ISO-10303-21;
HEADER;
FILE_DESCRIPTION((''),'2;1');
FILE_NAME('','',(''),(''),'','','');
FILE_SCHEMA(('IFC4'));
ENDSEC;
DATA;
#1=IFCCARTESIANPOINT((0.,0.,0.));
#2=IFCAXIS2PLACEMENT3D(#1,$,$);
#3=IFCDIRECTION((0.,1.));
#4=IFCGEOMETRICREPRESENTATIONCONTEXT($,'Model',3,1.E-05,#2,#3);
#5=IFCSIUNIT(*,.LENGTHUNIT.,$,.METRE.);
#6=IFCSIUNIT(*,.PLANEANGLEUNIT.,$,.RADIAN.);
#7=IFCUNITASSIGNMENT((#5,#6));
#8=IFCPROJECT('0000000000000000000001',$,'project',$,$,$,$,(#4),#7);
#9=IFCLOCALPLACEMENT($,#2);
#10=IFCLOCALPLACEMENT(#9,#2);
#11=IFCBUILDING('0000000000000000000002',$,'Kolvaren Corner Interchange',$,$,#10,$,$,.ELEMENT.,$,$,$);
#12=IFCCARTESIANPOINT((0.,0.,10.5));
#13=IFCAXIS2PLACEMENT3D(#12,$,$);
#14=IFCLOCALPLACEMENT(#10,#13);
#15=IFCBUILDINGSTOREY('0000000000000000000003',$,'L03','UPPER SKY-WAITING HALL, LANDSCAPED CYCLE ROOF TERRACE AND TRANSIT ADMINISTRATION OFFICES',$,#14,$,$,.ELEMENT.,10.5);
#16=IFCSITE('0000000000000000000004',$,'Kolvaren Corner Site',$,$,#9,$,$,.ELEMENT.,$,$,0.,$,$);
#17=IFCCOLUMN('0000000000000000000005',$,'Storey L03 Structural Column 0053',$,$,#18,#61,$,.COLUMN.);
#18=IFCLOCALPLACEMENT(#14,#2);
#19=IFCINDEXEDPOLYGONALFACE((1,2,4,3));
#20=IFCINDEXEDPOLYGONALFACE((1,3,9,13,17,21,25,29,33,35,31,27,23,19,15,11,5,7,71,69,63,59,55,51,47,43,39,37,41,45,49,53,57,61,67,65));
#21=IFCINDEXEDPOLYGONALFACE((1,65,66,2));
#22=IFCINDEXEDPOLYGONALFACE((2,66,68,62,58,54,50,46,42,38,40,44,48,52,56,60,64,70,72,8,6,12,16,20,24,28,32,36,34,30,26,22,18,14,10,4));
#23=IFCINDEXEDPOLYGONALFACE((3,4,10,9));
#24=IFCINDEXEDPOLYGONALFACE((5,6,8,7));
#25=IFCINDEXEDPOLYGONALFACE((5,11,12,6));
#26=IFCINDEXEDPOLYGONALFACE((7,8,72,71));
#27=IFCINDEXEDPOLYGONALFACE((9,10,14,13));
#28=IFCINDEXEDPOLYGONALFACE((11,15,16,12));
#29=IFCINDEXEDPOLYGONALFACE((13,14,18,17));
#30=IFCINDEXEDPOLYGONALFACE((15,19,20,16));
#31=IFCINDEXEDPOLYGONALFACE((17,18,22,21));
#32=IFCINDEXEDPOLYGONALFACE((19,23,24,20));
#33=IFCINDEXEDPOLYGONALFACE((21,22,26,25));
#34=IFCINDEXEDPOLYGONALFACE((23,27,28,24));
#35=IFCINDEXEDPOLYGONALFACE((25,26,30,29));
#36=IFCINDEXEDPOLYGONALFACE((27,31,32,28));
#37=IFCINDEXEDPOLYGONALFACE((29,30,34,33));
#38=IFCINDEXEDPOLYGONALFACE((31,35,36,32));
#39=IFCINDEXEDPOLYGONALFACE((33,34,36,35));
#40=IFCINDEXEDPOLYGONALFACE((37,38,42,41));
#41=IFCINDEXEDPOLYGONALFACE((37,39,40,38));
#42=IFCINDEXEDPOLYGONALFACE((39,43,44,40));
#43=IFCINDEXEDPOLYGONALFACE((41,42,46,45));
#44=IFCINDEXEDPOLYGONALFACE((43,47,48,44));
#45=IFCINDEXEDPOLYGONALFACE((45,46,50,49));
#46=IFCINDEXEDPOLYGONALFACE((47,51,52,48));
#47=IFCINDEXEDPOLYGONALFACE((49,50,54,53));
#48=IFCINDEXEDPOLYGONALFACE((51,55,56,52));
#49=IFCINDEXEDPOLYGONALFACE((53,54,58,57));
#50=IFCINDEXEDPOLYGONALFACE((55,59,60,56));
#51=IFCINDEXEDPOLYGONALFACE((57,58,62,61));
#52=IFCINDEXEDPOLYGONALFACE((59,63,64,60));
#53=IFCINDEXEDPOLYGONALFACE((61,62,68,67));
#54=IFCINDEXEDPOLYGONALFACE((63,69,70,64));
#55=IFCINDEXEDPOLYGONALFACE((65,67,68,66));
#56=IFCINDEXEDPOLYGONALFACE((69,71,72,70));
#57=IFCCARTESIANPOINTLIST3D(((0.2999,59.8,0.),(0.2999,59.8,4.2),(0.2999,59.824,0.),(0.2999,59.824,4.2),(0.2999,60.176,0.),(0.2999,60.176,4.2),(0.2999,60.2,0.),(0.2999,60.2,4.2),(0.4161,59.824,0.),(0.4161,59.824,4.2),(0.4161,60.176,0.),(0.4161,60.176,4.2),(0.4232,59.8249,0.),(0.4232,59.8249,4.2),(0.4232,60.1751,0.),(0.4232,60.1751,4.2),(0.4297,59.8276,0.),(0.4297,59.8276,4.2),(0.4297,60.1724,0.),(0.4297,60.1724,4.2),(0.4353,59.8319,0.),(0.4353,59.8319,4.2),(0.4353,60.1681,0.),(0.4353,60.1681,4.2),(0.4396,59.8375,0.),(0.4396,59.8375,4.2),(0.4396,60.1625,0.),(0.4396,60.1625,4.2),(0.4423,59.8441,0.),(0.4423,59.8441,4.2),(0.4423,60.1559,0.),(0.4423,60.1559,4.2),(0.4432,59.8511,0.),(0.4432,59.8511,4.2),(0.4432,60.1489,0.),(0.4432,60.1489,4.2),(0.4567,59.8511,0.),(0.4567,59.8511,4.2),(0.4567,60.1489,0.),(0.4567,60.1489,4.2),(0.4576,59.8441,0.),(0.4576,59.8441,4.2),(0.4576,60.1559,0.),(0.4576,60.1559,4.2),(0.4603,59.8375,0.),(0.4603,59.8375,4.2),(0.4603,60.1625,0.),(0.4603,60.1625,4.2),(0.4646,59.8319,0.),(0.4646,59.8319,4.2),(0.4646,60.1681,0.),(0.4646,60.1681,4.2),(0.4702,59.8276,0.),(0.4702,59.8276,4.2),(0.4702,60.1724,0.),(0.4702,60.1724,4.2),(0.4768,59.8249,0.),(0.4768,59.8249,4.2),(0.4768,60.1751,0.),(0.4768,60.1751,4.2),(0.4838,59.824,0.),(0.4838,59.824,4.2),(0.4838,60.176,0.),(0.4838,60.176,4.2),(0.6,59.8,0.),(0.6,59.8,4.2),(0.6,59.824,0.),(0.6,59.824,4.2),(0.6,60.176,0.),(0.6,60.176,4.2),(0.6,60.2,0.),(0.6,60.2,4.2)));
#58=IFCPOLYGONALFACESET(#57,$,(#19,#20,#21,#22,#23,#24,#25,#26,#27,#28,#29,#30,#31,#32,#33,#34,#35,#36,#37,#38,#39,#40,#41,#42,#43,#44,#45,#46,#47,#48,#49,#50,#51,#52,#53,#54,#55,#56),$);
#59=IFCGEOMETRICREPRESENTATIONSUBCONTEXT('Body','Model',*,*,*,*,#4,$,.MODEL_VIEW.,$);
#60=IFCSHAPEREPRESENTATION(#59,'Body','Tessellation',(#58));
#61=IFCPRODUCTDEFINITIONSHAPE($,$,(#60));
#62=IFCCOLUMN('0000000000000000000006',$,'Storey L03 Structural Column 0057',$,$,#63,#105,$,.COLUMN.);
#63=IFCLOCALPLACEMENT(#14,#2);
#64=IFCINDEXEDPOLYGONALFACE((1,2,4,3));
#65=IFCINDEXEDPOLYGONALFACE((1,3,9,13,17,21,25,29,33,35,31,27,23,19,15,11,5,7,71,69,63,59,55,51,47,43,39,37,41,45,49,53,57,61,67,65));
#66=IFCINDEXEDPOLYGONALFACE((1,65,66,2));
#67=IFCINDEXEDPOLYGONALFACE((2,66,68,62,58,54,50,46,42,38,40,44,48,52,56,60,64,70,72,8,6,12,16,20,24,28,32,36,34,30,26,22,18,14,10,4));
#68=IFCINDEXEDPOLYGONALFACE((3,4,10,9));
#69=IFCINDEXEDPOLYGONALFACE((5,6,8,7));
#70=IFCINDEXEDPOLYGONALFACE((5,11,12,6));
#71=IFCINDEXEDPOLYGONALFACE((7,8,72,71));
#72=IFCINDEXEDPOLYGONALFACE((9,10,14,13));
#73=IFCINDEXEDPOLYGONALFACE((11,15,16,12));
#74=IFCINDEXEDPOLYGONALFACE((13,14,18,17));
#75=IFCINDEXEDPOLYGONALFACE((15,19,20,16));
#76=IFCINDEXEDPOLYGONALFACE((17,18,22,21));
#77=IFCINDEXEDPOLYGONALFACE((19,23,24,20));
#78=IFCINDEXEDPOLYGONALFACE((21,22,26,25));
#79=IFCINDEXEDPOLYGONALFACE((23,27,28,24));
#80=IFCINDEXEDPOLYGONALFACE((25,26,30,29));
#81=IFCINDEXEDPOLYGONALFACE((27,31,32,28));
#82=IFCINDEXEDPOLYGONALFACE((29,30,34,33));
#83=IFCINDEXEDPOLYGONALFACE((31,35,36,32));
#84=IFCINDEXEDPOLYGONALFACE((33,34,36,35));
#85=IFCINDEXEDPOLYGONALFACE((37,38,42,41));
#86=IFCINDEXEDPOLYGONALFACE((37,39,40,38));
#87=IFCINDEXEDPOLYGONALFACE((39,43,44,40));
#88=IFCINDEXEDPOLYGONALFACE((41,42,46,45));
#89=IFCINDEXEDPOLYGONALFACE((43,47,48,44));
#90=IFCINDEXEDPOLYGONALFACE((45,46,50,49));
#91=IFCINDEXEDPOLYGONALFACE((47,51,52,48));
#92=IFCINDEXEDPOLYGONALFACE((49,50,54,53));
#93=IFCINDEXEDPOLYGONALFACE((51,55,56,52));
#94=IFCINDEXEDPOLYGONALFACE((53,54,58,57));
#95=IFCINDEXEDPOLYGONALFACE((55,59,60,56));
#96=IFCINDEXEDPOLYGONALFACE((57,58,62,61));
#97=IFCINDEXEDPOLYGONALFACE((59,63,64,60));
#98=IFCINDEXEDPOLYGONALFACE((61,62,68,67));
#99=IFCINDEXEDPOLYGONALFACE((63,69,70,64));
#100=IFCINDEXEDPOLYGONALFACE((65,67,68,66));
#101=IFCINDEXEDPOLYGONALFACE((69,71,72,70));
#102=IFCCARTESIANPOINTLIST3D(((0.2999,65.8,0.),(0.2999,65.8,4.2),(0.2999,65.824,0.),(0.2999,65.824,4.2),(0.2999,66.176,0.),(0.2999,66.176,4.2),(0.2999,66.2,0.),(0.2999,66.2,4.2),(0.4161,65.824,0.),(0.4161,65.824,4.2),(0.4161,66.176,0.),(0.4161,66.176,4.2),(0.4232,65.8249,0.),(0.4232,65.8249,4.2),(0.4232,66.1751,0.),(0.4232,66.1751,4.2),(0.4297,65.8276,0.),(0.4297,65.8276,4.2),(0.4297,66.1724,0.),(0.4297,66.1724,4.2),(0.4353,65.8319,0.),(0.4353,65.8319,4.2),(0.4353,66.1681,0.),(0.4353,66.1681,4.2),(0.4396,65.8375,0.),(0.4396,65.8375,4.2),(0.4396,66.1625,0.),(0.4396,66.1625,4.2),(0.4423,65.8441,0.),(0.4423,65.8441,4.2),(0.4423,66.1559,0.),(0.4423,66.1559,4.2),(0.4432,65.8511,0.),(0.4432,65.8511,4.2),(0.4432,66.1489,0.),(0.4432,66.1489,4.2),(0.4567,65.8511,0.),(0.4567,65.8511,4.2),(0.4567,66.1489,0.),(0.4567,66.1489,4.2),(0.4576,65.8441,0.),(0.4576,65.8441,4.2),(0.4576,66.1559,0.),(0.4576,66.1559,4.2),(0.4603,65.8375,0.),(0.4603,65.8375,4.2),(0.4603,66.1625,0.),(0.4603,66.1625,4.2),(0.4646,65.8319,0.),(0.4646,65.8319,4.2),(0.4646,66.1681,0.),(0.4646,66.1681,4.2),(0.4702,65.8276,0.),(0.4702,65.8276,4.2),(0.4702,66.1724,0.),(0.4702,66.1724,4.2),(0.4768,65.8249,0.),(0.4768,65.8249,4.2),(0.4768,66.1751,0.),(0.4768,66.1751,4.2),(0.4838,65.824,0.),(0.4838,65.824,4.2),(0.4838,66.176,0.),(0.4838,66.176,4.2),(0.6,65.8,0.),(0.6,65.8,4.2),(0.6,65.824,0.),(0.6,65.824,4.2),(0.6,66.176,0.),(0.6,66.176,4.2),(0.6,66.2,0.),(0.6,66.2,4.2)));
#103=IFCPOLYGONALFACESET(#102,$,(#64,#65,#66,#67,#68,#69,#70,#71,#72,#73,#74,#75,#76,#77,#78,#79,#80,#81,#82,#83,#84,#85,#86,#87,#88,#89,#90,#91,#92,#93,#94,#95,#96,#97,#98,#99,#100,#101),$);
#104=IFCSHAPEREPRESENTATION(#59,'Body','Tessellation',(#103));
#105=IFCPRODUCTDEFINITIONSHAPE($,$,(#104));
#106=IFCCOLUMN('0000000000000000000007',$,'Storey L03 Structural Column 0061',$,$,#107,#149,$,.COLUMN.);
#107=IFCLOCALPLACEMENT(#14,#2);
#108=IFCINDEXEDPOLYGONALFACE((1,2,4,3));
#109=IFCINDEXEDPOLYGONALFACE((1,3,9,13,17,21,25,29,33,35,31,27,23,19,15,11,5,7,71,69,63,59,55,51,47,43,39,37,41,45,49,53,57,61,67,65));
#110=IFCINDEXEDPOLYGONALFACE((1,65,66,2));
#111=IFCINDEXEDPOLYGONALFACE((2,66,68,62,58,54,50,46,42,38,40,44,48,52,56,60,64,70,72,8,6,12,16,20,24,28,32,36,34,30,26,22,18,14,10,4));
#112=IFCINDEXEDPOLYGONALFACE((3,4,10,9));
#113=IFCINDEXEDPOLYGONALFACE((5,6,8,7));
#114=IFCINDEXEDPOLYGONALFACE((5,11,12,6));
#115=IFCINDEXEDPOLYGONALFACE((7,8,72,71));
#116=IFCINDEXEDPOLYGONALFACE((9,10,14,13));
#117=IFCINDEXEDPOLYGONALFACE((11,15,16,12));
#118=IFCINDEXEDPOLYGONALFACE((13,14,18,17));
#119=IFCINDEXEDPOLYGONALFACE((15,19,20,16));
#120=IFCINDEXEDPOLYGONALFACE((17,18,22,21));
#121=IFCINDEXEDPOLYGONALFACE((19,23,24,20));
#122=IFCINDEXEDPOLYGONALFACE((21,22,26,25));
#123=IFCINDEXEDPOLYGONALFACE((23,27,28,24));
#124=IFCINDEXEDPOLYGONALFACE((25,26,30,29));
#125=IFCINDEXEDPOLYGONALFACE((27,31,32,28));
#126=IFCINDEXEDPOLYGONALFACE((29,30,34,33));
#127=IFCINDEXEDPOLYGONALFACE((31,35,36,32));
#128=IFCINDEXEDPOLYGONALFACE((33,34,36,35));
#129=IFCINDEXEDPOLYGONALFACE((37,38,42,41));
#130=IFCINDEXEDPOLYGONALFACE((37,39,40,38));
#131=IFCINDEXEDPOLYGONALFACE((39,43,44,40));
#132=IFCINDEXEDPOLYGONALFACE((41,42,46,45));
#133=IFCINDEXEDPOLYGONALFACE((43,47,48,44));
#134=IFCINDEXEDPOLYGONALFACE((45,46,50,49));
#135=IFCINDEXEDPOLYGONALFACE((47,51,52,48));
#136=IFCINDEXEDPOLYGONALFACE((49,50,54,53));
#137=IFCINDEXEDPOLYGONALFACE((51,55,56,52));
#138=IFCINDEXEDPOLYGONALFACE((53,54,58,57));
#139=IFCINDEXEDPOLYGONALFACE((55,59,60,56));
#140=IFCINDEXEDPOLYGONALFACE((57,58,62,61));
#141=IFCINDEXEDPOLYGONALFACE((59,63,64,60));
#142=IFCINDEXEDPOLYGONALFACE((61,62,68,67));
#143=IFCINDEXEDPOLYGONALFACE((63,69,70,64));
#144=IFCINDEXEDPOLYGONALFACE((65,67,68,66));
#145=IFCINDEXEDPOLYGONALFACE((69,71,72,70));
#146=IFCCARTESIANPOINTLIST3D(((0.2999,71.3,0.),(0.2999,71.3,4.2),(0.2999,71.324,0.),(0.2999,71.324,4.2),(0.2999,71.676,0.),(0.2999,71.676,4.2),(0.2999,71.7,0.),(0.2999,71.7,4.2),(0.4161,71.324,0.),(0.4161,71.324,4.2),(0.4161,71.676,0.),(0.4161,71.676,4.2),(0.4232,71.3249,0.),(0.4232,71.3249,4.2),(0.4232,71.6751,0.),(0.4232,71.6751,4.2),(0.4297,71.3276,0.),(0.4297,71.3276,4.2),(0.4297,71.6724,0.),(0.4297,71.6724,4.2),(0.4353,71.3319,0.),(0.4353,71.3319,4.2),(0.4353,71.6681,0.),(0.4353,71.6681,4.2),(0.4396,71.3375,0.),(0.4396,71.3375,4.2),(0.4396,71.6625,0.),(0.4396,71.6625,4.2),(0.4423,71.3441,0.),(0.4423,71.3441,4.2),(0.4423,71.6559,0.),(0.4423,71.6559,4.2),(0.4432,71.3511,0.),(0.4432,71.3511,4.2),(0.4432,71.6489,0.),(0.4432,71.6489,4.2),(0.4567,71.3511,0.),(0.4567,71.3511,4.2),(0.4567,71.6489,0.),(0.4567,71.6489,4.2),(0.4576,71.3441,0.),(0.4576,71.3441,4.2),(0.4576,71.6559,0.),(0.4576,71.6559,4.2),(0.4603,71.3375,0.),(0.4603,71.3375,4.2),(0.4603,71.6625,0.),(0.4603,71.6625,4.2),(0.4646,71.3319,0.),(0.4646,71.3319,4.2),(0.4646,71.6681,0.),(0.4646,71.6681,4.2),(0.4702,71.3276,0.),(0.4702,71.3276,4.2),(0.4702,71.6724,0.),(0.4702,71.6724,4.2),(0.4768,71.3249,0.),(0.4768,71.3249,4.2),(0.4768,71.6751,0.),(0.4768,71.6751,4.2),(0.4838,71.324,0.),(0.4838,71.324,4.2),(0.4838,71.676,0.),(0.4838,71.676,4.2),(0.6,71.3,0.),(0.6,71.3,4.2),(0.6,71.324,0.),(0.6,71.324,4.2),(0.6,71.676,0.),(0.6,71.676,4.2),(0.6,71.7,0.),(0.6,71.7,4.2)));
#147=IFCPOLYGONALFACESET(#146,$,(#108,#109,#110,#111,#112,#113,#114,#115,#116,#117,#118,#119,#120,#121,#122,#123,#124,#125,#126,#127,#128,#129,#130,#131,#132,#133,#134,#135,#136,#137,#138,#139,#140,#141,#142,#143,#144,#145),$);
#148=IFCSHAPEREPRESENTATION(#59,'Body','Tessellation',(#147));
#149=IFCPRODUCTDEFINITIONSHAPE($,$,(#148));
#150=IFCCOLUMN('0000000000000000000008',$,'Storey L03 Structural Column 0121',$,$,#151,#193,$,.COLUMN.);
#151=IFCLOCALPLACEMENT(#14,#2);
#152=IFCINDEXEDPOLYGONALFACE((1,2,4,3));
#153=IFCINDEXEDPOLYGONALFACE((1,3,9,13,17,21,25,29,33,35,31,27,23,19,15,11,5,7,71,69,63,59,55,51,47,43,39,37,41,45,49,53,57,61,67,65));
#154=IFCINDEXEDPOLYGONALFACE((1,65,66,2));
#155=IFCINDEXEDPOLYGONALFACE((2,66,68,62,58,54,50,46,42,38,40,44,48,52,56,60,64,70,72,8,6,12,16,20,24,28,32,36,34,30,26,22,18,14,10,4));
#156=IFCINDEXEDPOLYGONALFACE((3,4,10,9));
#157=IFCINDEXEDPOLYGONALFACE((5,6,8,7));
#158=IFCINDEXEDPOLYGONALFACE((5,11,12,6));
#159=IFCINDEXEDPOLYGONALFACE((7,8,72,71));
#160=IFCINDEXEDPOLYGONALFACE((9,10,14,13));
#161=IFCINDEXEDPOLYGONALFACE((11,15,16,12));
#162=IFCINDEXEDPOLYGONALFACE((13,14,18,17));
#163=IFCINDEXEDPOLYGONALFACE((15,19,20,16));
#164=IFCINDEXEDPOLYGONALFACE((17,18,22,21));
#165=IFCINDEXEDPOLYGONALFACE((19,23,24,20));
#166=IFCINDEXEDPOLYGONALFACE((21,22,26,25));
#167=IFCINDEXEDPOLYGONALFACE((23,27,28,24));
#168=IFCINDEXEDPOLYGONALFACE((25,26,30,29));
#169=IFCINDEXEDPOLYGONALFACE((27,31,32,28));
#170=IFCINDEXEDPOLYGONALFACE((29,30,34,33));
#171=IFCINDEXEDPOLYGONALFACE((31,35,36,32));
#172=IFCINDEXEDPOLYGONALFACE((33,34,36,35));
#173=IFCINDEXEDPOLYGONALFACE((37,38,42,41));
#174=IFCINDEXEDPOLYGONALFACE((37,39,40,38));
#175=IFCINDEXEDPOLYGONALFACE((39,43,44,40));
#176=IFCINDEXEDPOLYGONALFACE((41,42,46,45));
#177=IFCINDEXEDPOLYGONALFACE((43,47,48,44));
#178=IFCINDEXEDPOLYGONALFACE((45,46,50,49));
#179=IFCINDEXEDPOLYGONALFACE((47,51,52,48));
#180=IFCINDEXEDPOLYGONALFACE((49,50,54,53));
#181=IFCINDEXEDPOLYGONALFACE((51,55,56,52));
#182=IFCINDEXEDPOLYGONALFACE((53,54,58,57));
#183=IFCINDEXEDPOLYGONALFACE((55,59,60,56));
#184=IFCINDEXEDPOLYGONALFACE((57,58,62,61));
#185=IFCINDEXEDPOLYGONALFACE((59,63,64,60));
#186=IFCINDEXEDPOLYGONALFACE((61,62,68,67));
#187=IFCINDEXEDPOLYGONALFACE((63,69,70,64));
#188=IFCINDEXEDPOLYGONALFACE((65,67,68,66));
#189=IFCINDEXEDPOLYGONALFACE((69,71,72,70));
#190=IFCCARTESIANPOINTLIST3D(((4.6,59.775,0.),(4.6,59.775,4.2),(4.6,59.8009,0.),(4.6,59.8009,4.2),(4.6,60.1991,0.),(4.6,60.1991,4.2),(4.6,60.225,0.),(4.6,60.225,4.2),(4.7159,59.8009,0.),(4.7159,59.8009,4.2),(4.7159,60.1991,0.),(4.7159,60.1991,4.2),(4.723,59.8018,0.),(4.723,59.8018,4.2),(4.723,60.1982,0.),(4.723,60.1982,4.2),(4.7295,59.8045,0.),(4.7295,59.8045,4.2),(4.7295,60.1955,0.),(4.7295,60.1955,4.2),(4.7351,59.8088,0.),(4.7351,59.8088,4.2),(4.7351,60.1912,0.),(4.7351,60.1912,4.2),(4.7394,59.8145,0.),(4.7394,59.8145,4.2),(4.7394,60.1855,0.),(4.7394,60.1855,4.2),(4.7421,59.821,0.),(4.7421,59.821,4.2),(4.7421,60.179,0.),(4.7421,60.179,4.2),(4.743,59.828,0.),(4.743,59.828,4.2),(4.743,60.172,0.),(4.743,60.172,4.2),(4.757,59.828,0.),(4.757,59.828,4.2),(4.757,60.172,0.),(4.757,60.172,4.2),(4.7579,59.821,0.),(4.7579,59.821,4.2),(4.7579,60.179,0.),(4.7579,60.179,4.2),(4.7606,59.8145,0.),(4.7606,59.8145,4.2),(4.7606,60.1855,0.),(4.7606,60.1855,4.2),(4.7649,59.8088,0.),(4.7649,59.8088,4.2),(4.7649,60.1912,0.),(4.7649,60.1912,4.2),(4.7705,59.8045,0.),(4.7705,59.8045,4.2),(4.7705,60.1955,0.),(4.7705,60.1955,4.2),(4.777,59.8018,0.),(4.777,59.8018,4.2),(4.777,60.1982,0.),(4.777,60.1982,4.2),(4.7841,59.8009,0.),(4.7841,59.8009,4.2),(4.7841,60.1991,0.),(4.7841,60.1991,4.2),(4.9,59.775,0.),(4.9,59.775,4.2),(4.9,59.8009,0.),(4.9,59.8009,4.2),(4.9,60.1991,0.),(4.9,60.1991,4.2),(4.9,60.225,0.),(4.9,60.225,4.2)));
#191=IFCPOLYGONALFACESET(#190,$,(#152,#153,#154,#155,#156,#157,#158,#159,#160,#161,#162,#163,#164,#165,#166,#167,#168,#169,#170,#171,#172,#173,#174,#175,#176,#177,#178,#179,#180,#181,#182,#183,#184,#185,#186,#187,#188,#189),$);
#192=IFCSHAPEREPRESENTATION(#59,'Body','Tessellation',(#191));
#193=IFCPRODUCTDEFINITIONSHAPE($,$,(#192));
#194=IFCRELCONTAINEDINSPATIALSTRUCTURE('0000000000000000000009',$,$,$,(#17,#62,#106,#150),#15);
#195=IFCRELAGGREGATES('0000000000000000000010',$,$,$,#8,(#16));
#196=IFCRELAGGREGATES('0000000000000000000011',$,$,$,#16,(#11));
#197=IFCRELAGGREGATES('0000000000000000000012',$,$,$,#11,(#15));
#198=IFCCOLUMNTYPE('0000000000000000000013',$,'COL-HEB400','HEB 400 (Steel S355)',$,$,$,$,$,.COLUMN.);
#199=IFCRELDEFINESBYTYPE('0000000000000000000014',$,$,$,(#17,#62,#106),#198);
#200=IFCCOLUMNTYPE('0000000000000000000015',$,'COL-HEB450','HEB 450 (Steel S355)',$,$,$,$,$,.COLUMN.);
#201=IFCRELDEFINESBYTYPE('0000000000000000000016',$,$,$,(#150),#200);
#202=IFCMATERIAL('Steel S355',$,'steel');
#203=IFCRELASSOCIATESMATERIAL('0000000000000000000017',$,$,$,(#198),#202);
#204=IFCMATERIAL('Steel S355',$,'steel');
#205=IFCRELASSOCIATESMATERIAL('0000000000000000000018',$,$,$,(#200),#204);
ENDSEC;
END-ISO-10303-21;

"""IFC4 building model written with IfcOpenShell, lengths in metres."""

from ifc_helpers import new_model, si_unit, direction, frame, origin, origin_2d, place, context, subcontext, project, spatial, i_section, extrude, material, material_profile, profile_set, type_object, element, save


model = new_model("IFC4")

# Units and contexts
model_context = context("Model", 3, precision=1e-05, world=origin(), true_north=direction((0.0, 1.0)))
body_context = subcontext(model_context, "Body", "Model", "MODEL_VIEW")
ifc_project = project(units=[si_unit("LENGTHUNIT", "METRE"), si_unit("PLANEANGLEUNIT", "RADIAN")], contexts=[model_context])

# Site, building, storey
site_placement = place(None, origin())
site = spatial("IfcSite", under=ifc_project, at=site_placement, Name="Kolvaren Corner Site", CompositionType="ELEMENT", RefElevation=0.0)
building_placement = place(site_placement, origin())
building = spatial("IfcBuilding", under=site, at=building_placement, Name="Kolvaren Corner Interchange", CompositionType="ELEMENT")
storey_placement = place(building_placement, frame((0.0, 0.0, 10.5)))
storey = spatial("IfcBuildingStorey", under=building, at=storey_placement, Name="L03", Description="UPPER SKY-WAITING HALL, LANDSCAPED CYCLE ROOF TERRACE AND TRANSIT ADMINISTRATION OFFICES", CompositionType="ELEMENT", Elevation=10.5)

# Columns
ifc_material_1 = material(Name="Steel S355", Category="steel")
ifc_material_profile_1 = material_profile(ifc_material_1, i_section(OverallWidth=0.3, OverallDepth=0.3999, WebThickness=0.0134, FlangeThickness=0.0239, FilletRadius=0.0271, at=origin_2d()), Name="HEB 400")
ifc_profile_set_1 = profile_set([ifc_material_profile_1], Name="Steel S355")
column_type_1 = type_object("IfcColumnType", Name="COL-HEB400", Description="HEB 400 (Steel S355)", PredefinedType="COLUMN", material=ifc_profile_set_1)
for number, where, z_axis, x_axis, name in (
    (1, (0.45, 60.0, 0.0), (0.0, 0.0, 1.0), (1.0, 0.0, 0.0), "Storey L03 Structural Column 0053"),
    (2, (0.45, 66.0, 0.0), (0.0, 0.0, 1.0), (1.0, 0.0, 0.0), "Storey L03 Structural Column 0057"),
    (3, (0.45, 71.5, 0.0), (0.0, 0.0, 1.0), (1.0, 0.0, 0.0), "Storey L03 Structural Column 0061"),
):
    element("IfcColumn", number, at=place(storey_placement, frame(where, z_axis=z_axis, x_axis=x_axis)), inside=storey, type_object=column_type_1, Name=name, PredefinedType="COLUMN", context=body_context, shape_type="SweptSolid", body=[
        extrude(i_section(OverallWidth=0.3, OverallDepth=0.3999, WebThickness=0.0134, FlangeThickness=0.0239, FilletRadius=0.0271, at=origin_2d()), origin(), (0.0, 0.0, 1.0), 4.2),
    ])
ifc_material_2 = material(Name="Steel S355", Category="steel")
ifc_material_profile_2 = material_profile(ifc_material_2, i_section(OverallWidth=0.3, OverallDepth=0.45, WebThickness=0.0139, FlangeThickness=0.0259, FilletRadius=0.0271, at=origin_2d()), Name="HEB 450")
ifc_profile_set_2 = profile_set([ifc_material_profile_2], Name="Steel S355")
column_type_2 = type_object("IfcColumnType", Name="COL-HEB450", Description="HEB 450 (Steel S355)", PredefinedType="COLUMN", material=ifc_profile_set_2)
for number, where, z_axis, x_axis, name in (
    (4, (4.75, 60.0, 0.0), (0.0, 0.0, 1.0), (1.0, 0.0, 0.0), "Storey L03 Structural Column 0121"),
):
    element("IfcColumn", number, at=place(storey_placement, frame(where, z_axis=z_axis, x_axis=x_axis)), inside=storey, type_object=column_type_2, Name=name, PredefinedType="COLUMN", context=body_context, shape_type="SweptSolid", body=[
        extrude(i_section(OverallWidth=0.3, OverallDepth=0.45, WebThickness=0.0139, FlangeThickness=0.0259, FilletRadius=0.0271, at=origin_2d()), origin(), (0.0, 0.0, 1.0), 4.2),
    ])

save(model, "model.ifc")
